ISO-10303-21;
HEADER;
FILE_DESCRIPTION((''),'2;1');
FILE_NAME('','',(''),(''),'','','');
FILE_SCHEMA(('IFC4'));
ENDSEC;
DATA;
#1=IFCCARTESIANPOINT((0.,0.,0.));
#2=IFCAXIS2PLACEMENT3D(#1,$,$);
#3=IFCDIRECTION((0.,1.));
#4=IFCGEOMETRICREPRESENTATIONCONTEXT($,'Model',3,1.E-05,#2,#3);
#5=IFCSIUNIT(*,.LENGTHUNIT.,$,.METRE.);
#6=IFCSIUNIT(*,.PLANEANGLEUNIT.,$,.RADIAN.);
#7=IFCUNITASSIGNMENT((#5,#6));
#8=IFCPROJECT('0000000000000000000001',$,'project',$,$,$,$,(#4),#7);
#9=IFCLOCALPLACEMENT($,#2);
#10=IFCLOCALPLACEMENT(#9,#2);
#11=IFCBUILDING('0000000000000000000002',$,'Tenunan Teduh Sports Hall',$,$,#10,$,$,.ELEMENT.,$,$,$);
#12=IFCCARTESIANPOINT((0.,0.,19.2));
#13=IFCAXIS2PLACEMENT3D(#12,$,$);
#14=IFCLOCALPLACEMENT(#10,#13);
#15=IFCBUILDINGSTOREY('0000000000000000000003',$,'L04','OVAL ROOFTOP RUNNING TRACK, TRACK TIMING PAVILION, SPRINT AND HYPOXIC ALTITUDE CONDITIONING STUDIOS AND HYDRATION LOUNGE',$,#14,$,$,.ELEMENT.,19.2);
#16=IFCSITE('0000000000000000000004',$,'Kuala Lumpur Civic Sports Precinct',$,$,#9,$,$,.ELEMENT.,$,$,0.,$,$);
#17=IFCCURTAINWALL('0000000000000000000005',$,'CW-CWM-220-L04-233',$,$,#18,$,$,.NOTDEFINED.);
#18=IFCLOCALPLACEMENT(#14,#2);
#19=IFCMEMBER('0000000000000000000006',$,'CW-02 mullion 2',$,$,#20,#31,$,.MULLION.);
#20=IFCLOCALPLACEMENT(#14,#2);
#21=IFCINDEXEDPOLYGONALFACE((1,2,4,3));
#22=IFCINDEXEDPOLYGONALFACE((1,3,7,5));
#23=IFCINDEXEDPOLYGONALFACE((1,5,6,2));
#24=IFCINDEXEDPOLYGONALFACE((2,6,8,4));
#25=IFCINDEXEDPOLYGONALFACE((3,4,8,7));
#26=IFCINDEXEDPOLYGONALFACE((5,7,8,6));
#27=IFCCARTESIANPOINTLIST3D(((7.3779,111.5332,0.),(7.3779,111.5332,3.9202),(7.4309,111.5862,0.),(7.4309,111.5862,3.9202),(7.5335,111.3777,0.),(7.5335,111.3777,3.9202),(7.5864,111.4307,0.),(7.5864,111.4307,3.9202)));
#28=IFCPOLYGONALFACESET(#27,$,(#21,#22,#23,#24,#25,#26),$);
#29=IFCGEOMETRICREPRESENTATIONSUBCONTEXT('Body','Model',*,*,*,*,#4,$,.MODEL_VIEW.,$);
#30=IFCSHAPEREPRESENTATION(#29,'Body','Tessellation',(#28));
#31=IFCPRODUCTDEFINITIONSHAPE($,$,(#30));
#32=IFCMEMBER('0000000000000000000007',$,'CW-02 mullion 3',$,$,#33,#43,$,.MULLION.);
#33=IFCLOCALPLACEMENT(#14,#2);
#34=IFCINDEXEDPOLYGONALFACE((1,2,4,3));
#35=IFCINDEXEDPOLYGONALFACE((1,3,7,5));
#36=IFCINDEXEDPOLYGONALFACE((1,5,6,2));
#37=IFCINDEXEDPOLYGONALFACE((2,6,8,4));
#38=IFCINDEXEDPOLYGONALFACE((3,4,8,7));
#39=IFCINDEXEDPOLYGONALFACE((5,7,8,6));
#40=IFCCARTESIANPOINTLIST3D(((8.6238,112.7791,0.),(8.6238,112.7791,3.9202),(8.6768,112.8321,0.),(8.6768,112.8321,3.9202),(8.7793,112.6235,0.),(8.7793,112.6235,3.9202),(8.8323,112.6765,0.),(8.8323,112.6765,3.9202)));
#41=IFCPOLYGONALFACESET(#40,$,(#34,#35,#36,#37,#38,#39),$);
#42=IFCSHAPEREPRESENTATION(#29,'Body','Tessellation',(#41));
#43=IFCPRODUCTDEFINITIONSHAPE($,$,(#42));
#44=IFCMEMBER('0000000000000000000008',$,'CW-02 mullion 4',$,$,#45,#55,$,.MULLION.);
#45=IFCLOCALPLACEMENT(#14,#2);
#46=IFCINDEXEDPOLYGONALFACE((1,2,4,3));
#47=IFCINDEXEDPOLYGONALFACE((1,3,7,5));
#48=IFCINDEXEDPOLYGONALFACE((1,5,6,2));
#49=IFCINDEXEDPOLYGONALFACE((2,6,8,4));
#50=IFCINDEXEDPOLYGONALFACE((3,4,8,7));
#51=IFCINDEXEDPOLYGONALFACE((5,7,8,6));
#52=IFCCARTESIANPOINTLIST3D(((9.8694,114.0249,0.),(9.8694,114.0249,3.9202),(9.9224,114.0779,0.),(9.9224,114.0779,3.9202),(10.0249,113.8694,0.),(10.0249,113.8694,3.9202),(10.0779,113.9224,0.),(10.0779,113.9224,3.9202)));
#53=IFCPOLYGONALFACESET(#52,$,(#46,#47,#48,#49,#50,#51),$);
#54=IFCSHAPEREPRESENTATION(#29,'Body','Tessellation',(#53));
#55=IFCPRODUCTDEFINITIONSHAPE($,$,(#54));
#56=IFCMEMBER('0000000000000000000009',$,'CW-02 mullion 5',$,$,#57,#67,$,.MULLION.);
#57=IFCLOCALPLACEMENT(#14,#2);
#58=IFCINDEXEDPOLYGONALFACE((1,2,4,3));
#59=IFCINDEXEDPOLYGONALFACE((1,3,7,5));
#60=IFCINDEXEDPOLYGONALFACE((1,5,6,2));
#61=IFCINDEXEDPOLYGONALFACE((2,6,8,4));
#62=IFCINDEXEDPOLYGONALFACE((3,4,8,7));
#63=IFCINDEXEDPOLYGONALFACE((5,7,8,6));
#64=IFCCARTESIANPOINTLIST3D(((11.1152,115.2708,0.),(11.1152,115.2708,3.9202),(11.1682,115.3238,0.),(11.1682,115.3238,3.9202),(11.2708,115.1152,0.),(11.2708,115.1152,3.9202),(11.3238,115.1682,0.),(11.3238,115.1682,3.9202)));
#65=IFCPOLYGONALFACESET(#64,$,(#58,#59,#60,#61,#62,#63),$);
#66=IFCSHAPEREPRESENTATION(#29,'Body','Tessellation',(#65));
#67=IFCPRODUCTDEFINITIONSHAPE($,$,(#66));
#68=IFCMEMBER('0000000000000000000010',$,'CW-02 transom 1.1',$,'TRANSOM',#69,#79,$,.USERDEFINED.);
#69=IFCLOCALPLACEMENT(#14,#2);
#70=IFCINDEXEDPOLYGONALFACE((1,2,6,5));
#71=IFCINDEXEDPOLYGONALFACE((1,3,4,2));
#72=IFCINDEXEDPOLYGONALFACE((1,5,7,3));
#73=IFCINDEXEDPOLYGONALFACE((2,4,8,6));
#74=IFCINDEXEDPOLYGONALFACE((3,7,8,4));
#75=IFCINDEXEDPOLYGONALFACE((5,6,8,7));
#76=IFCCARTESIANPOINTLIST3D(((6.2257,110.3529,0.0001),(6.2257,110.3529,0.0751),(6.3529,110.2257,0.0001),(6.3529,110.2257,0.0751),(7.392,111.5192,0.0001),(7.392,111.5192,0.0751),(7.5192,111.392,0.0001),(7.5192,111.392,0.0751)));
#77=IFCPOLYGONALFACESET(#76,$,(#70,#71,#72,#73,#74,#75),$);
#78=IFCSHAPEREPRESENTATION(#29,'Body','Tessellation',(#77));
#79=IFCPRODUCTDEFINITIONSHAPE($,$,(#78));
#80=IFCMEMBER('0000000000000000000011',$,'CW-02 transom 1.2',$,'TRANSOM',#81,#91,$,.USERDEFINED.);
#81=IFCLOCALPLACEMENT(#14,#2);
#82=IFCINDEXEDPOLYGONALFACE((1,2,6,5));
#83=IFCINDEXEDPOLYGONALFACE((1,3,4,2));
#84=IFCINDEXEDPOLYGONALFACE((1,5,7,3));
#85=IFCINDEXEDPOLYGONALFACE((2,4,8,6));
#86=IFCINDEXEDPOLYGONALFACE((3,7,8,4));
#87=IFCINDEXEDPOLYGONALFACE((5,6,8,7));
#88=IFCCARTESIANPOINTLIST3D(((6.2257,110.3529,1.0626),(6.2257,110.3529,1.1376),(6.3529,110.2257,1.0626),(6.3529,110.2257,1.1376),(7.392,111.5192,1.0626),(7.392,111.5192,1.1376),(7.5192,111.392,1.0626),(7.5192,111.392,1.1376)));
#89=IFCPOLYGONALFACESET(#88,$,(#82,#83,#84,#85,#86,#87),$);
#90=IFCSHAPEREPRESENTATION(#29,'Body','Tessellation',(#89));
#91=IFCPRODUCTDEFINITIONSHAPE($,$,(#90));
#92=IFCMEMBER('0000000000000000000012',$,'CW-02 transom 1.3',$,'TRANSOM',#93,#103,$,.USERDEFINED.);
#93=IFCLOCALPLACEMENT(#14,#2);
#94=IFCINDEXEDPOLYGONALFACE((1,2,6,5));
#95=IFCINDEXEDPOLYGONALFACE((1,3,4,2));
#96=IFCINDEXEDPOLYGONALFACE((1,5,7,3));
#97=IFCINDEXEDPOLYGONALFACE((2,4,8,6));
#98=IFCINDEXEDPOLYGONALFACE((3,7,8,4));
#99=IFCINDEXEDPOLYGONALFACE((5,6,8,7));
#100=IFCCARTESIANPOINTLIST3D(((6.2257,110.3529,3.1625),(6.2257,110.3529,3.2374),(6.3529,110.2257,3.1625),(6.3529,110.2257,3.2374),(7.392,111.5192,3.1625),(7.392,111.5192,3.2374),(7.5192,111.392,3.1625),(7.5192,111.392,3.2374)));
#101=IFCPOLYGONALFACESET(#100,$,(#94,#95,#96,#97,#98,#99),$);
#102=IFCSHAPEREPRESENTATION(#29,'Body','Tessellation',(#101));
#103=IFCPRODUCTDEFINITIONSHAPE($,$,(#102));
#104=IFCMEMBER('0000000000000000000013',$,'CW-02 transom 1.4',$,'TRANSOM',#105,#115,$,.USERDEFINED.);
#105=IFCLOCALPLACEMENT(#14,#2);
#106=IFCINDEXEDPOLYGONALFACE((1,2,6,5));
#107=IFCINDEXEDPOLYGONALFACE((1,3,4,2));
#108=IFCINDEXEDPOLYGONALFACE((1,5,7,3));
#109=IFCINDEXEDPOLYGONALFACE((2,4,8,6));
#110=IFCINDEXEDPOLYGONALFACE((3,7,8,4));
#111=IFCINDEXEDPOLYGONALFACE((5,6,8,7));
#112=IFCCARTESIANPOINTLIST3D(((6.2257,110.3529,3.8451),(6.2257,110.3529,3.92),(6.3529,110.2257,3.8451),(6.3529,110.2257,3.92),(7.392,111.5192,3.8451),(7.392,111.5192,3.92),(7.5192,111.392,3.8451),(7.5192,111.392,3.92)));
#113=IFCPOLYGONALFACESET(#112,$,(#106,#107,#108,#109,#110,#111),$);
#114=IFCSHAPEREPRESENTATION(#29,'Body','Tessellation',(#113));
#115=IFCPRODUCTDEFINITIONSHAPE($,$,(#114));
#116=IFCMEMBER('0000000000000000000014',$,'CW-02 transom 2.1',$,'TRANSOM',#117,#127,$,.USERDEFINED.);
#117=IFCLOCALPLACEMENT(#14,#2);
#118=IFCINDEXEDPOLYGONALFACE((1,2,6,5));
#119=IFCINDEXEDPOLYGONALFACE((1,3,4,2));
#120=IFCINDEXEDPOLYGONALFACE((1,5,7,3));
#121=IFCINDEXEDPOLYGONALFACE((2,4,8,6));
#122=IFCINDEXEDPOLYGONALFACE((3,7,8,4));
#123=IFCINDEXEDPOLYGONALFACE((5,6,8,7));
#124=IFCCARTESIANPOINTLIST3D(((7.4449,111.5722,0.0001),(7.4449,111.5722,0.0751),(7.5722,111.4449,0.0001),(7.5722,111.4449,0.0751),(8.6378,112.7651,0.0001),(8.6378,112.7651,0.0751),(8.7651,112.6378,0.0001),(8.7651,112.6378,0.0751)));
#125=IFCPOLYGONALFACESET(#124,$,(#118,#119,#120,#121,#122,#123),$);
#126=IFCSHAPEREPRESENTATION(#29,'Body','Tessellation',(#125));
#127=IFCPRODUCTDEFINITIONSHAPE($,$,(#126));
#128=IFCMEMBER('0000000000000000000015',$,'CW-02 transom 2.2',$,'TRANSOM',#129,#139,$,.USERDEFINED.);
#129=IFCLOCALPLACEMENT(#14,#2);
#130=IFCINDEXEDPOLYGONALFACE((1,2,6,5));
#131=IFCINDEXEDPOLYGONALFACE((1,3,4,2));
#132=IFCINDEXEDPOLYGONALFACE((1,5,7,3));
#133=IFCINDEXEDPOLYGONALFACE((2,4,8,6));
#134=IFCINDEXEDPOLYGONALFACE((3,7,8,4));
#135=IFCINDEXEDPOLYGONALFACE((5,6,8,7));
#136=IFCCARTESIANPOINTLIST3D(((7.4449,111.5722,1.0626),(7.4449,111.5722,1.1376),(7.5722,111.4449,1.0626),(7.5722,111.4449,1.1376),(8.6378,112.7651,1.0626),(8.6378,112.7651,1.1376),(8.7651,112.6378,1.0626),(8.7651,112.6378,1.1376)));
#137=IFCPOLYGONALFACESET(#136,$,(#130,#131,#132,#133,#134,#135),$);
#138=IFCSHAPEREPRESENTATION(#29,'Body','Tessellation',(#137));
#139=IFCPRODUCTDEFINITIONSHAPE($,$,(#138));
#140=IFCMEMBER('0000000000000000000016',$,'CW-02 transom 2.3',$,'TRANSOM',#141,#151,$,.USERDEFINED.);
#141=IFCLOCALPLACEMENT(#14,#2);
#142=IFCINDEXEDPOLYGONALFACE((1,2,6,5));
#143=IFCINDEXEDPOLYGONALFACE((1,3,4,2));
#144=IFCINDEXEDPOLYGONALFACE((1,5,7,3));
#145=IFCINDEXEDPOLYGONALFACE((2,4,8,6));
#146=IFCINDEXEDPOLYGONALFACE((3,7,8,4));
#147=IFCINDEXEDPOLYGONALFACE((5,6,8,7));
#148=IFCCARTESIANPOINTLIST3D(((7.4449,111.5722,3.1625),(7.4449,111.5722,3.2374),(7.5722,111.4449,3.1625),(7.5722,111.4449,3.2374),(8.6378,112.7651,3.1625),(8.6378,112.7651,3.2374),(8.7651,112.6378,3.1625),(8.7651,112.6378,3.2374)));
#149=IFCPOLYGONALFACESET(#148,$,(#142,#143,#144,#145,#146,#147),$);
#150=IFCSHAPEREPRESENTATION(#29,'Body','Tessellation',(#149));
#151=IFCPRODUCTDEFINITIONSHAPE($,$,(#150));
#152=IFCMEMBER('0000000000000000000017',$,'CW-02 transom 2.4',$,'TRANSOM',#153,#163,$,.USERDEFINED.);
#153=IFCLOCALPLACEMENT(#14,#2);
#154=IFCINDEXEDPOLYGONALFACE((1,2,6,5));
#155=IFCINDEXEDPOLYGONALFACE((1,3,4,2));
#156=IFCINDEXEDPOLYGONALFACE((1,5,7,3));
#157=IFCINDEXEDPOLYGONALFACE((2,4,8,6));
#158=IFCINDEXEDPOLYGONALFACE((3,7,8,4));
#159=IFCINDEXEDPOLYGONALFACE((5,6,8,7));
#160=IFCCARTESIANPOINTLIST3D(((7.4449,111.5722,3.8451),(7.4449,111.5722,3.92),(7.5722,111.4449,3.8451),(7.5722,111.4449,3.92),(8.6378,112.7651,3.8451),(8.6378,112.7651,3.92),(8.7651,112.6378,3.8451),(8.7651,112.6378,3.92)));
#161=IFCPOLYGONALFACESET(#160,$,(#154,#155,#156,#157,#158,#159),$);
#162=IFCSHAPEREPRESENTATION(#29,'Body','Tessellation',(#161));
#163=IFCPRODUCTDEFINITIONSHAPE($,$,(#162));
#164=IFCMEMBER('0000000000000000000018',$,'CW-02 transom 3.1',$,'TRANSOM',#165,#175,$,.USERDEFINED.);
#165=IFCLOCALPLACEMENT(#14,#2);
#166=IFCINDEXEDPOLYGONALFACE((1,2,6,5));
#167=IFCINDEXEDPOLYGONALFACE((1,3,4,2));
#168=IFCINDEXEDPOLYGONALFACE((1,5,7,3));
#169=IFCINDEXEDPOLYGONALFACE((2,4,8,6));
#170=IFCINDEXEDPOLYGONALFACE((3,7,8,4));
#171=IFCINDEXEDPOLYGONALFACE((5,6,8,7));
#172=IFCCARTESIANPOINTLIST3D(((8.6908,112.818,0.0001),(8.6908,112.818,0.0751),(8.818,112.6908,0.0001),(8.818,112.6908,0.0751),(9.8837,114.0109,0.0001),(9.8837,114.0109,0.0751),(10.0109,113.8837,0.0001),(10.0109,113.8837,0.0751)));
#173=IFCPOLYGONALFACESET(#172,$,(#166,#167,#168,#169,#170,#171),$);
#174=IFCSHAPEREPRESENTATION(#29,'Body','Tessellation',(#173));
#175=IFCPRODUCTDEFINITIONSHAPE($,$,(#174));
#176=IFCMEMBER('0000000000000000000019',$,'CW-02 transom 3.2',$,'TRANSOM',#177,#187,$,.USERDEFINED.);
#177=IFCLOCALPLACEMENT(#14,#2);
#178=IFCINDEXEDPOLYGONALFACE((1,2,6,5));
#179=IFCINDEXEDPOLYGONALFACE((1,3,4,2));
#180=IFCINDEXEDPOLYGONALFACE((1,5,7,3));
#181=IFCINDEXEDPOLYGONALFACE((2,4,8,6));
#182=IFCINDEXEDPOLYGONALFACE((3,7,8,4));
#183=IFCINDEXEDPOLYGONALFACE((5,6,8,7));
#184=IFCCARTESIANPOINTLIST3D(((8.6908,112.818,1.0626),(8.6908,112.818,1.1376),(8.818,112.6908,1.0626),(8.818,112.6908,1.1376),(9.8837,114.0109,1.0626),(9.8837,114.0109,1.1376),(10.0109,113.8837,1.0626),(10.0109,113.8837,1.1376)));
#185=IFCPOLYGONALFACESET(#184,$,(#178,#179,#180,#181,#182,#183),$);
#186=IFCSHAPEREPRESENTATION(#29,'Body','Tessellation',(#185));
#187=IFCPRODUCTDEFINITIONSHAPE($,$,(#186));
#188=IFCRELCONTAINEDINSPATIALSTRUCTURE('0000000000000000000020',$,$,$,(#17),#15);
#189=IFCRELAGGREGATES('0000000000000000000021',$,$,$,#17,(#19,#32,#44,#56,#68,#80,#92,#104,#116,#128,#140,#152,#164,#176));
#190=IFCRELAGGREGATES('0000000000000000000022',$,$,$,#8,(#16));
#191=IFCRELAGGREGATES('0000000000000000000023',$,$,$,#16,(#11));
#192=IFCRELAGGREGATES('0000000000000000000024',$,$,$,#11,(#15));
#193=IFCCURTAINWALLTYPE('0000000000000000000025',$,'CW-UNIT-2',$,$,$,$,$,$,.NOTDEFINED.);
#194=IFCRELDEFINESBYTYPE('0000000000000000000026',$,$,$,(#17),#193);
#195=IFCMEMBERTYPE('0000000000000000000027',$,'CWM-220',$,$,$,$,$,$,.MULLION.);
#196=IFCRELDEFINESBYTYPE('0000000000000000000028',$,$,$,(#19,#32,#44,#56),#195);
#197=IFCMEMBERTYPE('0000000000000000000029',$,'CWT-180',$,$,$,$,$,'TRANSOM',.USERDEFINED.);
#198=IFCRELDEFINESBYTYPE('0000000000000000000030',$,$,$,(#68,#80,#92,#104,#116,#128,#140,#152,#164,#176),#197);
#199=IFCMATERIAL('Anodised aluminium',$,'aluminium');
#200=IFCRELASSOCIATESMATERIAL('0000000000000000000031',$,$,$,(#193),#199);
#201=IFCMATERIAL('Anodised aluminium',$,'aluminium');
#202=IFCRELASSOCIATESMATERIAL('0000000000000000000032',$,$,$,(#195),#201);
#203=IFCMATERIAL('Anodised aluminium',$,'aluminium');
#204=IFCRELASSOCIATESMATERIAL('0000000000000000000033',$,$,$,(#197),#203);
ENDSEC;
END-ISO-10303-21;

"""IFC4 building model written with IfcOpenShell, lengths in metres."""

from ifc_helpers import new_model, si_unit, direction, frame, origin, origin_2d, place, context, subcontext, project, spatial, rectangle, extrude, material, material_profile, profile_set, type_object, element, aggregate, save


model = new_model("IFC4")

# Units and contexts
model_context = context("Model", 3, precision=1e-05, world=origin(), true_north=direction((0.0, 1.0)))
body_context = subcontext(model_context, "Body", "Model", "MODEL_VIEW")
ifc_project = project(units=[si_unit("LENGTHUNIT", "METRE"), si_unit("PLANEANGLEUNIT", "RADIAN")], contexts=[model_context])

# Site, building, storey
site_placement = place(None, origin())
site = spatial("IfcSite", under=ifc_project, at=site_placement, Name="Kuala Lumpur Civic Sports Precinct", CompositionType="ELEMENT", RefElevation=0.0)
building_placement = place(site_placement, origin())
building = spatial("IfcBuilding", under=site, at=building_placement, Name="Tenunan Teduh Sports Hall", CompositionType="ELEMENT")
storey_placement = place(building_placement, frame((0.0, 0.0, 19.2)))
storey = spatial("IfcBuildingStorey", under=building, at=storey_placement, Name="L04", Description="OVAL ROOFTOP RUNNING TRACK, TRACK TIMING PAVILION, SPRINT AND HYPOXIC ALTITUDE CONDITIONING STUDIOS AND HYDRATION LOUNGE", CompositionType="ELEMENT", Elevation=19.2)

# Curtain wall, members
ifc_material_1 = material(Name="Anodised aluminium", Category="aluminium")
curtain_wall_type = type_object("IfcCurtainWallType", Name="CW-UNIT-2", PredefinedType="NOTDEFINED", material=ifc_material_1)
curtain_wall_placement = place(storey_placement, origin())
curtain_wall = element("IfcCurtainWall", 1, at=curtain_wall_placement, inside=storey, type_object=curtain_wall_type, Name="CW-CWM-220-L04-233", PredefinedType="NOTDEFINED")
ifc_material_2 = material(Name="Anodised aluminium", Category="aluminium")
ifc_material_profile_1 = material_profile(ifc_material_2, rectangle(XDim=0.075, YDim=0.22, at=origin_2d()), Name="CWM 75x220")
ifc_profile_set_1 = profile_set([ifc_material_profile_1], Name="Anodised aluminium")
member_type_1 = type_object("IfcMemberType", Name="CWM-220", PredefinedType="MULLION", material=ifc_profile_set_1)
member_1_placement = place(storey_placement, frame((7.4822, 111.4819, 0.0), z_axis=(0.0, 0.0, 1.0), x_axis=(0.707097, 0.707117, 0.0)))
member_1 = element("IfcMember", 2, at=member_1_placement, type_object=member_type_1, Name="CW-02 mullion 2", PredefinedType="MULLION", context=body_context, shape_type="SweptSolid", body=[
    extrude(rectangle(XDim=0.075, YDim=0.22, at=origin_2d()), origin(), (0.0, 0.0, 1.0), 3.9202),
])
member_2_placement = place(storey_placement, frame((8.728, 112.7278, 0.0), z_axis=(0.0, 0.0, 1.0), x_axis=(0.707097, 0.707117, 0.0)))
member_2 = element("IfcMember", 3, at=member_2_placement, type_object=member_type_1, Name="CW-02 mullion 3", PredefinedType="MULLION", context=body_context, shape_type="SweptSolid", body=[
    extrude(rectangle(XDim=0.075, YDim=0.22, at=origin_2d()), origin(), (0.0, 0.0, 1.0), 3.9202),
])
member_3_placement = place(storey_placement, frame((9.9736, 113.9736, 0.0), z_axis=(0.0, 0.0, 1.0), x_axis=(0.707097, 0.707117, 0.0)))
member_3 = element("IfcMember", 4, at=member_3_placement, type_object=member_type_1, Name="CW-02 mullion 4", PredefinedType="MULLION", context=body_context, shape_type="SweptSolid", body=[
    extrude(rectangle(XDim=0.075, YDim=0.22, at=origin_2d()), origin(), (0.0, 0.0, 1.0), 3.9202),
])
member_4_placement = place(storey_placement, frame((11.2195, 115.2195, 0.0), z_axis=(0.0, 0.0, 1.0), x_axis=(0.707097, 0.707117, 0.0)))
member_4 = element("IfcMember", 5, at=member_4_placement, type_object=member_type_1, Name="CW-02 mullion 5", PredefinedType="MULLION", context=body_context, shape_type="SweptSolid", body=[
    extrude(rectangle(XDim=0.075, YDim=0.22, at=origin_2d()), origin(), (0.0, 0.0, 1.0), 3.9202),
])
ifc_material_3 = material(Name="Anodised aluminium", Category="aluminium")
ifc_material_profile_2 = material_profile(ifc_material_3, rectangle(XDim=0.075, YDim=0.1799, at=origin_2d()), Name="CWT 75x180")
ifc_profile_set_2 = profile_set([ifc_material_profile_2], Name="Anodised aluminium")
member_type_2 = type_object("IfcMemberType", Name="CWT-180", ElementType="TRANSOM", PredefinedType="USERDEFINED", material=ifc_profile_set_2)
member_5_placement = place(storey_placement, frame((6.2893, 110.2893, 0.0376), z_axis=(0.707107, 0.707107, 0.0), x_axis=(0.0, 0.0, 1.0)))
member_5 = element("IfcMember", 6, at=member_5_placement, type_object=member_type_2, Name="CW-02 transom 1.1", ObjectType="TRANSOM", PredefinedType="USERDEFINED", context=body_context, shape_type="SweptSolid", body=[
    extrude(rectangle(XDim=0.075, YDim=0.1799, at=origin_2d()), origin(), (0.0, 0.0, 1.0), 1.6494),
])
member_6_placement = place(storey_placement, frame((6.2893, 110.2893, 1.1001), z_axis=(0.707107, 0.707107, 0.0), x_axis=(0.0, 0.0, 1.0)))
member_6 = element("IfcMember", 7, at=member_6_placement, type_object=member_type_2, Name="CW-02 transom 1.2", ObjectType="TRANSOM", PredefinedType="USERDEFINED", context=body_context, shape_type="SweptSolid", body=[
    extrude(rectangle(XDim=0.075, YDim=0.1799, at=origin_2d()), origin(), (0.0, 0.0, 1.0), 1.6494),
])
member_7_placement = place(storey_placement, frame((6.2893, 110.2893, 3.2), z_axis=(0.707107, 0.707107, 0.0), x_axis=(0.0, 0.0, 1.0)))
member_7 = element("IfcMember", 8, at=member_7_placement, type_object=member_type_2, Name="CW-02 transom 1.3", ObjectType="TRANSOM", PredefinedType="USERDEFINED", context=body_context, shape_type="SweptSolid", body=[
    extrude(rectangle(XDim=0.075, YDim=0.1799, at=origin_2d()), origin(), (0.0, 0.0, 1.0), 1.6494),
])
member_8_placement = place(storey_placement, frame((6.2893, 110.2893, 3.8826), z_axis=(0.707107, 0.707107, 0.0), x_axis=(0.0, 0.0, 1.0)))
member_8 = element("IfcMember", 9, at=member_8_placement, type_object=member_type_2, Name="CW-02 transom 1.4", ObjectType="TRANSOM", PredefinedType="USERDEFINED", context=body_context, shape_type="SweptSolid", body=[
    extrude(rectangle(XDim=0.075, YDim=0.1799, at=origin_2d()), origin(), (0.0, 0.0, 1.0), 1.6494),
])
member_9_placement = place(storey_placement, frame((7.5085, 111.5085, 0.0376), z_axis=(0.707107, 0.707107, 0.0), x_axis=(0.0, 0.0, 1.0)))
member_9 = element("IfcMember", 10, at=member_9_placement, type_object=member_type_2, Name="CW-02 transom 2.1", ObjectType="TRANSOM", PredefinedType="USERDEFINED", context=body_context, shape_type="SweptSolid", body=[
    extrude(rectangle(XDim=0.075, YDim=0.1799, at=origin_2d()), origin(), (0.0, 0.0, 1.0), 1.687),
])
member_10_placement = place(storey_placement, frame((7.5085, 111.5085, 1.1001), z_axis=(0.707107, 0.707107, 0.0), x_axis=(0.0, 0.0, 1.0)))
member_10 = element("IfcMember", 11, at=member_10_placement, type_object=member_type_2, Name="CW-02 transom 2.2", ObjectType="TRANSOM", PredefinedType="USERDEFINED", context=body_context, shape_type="SweptSolid", body=[
    extrude(rectangle(XDim=0.075, YDim=0.1799, at=origin_2d()), origin(), (0.0, 0.0, 1.0), 1.687),
])
member_11_placement = place(storey_placement, frame((7.5085, 111.5085, 3.2), z_axis=(0.707107, 0.707107, 0.0), x_axis=(0.0, 0.0, 1.0)))
member_11 = element("IfcMember", 12, at=member_11_placement, type_object=member_type_2, Name="CW-02 transom 2.3", ObjectType="TRANSOM", PredefinedType="USERDEFINED", context=body_context, shape_type="SweptSolid", body=[
    extrude(rectangle(XDim=0.075, YDim=0.1799, at=origin_2d()), origin(), (0.0, 0.0, 1.0), 1.687),
])
member_12_placement = place(storey_placement, frame((7.5085, 111.5085, 3.8826), z_axis=(0.707107, 0.707107, 0.0), x_axis=(0.0, 0.0, 1.0)))
member_12 = element("IfcMember", 13, at=member_12_placement, type_object=member_type_2, Name="CW-02 transom 2.4", ObjectType="TRANSOM", PredefinedType="USERDEFINED", context=body_context, shape_type="SweptSolid", body=[
    extrude(rectangle(XDim=0.075, YDim=0.1799, at=origin_2d()), origin(), (0.0, 0.0, 1.0), 1.687),
])
member_13_placement = place(storey_placement, frame((8.7544, 112.7544, 0.0376), z_axis=(0.707107, 0.707107, 0.0), x_axis=(0.0, 0.0, 1.0)))
member_13 = element("IfcMember", 14, at=member_13_placement, type_object=member_type_2, Name="CW-02 transom 3.1", ObjectType="TRANSOM", PredefinedType="USERDEFINED", context=body_context, shape_type="SweptSolid", body=[
    extrude(rectangle(XDim=0.075, YDim=0.1799, at=origin_2d()), origin(), (0.0, 0.0, 1.0), 1.687),
])
member_14_placement = place(storey_placement, frame((8.7544, 112.7544, 1.1001), z_axis=(0.707107, 0.707107, 0.0), x_axis=(0.0, 0.0, 1.0)))
member_14 = element("IfcMember", 15, at=member_14_placement, type_object=member_type_2, Name="CW-02 transom 3.2", ObjectType="TRANSOM", PredefinedType="USERDEFINED", context=body_context, shape_type="SweptSolid", body=[
    extrude(rectangle(XDim=0.075, YDim=0.1799, at=origin_2d()), origin(), (0.0, 0.0, 1.0), 1.687),
])
aggregate(curtain_wall, [member_1, member_2, member_3, member_4, member_5, member_6, member_7, member_8, member_9, member_10, member_11, member_12, member_13, member_14])

save(model, "model.ifc")
